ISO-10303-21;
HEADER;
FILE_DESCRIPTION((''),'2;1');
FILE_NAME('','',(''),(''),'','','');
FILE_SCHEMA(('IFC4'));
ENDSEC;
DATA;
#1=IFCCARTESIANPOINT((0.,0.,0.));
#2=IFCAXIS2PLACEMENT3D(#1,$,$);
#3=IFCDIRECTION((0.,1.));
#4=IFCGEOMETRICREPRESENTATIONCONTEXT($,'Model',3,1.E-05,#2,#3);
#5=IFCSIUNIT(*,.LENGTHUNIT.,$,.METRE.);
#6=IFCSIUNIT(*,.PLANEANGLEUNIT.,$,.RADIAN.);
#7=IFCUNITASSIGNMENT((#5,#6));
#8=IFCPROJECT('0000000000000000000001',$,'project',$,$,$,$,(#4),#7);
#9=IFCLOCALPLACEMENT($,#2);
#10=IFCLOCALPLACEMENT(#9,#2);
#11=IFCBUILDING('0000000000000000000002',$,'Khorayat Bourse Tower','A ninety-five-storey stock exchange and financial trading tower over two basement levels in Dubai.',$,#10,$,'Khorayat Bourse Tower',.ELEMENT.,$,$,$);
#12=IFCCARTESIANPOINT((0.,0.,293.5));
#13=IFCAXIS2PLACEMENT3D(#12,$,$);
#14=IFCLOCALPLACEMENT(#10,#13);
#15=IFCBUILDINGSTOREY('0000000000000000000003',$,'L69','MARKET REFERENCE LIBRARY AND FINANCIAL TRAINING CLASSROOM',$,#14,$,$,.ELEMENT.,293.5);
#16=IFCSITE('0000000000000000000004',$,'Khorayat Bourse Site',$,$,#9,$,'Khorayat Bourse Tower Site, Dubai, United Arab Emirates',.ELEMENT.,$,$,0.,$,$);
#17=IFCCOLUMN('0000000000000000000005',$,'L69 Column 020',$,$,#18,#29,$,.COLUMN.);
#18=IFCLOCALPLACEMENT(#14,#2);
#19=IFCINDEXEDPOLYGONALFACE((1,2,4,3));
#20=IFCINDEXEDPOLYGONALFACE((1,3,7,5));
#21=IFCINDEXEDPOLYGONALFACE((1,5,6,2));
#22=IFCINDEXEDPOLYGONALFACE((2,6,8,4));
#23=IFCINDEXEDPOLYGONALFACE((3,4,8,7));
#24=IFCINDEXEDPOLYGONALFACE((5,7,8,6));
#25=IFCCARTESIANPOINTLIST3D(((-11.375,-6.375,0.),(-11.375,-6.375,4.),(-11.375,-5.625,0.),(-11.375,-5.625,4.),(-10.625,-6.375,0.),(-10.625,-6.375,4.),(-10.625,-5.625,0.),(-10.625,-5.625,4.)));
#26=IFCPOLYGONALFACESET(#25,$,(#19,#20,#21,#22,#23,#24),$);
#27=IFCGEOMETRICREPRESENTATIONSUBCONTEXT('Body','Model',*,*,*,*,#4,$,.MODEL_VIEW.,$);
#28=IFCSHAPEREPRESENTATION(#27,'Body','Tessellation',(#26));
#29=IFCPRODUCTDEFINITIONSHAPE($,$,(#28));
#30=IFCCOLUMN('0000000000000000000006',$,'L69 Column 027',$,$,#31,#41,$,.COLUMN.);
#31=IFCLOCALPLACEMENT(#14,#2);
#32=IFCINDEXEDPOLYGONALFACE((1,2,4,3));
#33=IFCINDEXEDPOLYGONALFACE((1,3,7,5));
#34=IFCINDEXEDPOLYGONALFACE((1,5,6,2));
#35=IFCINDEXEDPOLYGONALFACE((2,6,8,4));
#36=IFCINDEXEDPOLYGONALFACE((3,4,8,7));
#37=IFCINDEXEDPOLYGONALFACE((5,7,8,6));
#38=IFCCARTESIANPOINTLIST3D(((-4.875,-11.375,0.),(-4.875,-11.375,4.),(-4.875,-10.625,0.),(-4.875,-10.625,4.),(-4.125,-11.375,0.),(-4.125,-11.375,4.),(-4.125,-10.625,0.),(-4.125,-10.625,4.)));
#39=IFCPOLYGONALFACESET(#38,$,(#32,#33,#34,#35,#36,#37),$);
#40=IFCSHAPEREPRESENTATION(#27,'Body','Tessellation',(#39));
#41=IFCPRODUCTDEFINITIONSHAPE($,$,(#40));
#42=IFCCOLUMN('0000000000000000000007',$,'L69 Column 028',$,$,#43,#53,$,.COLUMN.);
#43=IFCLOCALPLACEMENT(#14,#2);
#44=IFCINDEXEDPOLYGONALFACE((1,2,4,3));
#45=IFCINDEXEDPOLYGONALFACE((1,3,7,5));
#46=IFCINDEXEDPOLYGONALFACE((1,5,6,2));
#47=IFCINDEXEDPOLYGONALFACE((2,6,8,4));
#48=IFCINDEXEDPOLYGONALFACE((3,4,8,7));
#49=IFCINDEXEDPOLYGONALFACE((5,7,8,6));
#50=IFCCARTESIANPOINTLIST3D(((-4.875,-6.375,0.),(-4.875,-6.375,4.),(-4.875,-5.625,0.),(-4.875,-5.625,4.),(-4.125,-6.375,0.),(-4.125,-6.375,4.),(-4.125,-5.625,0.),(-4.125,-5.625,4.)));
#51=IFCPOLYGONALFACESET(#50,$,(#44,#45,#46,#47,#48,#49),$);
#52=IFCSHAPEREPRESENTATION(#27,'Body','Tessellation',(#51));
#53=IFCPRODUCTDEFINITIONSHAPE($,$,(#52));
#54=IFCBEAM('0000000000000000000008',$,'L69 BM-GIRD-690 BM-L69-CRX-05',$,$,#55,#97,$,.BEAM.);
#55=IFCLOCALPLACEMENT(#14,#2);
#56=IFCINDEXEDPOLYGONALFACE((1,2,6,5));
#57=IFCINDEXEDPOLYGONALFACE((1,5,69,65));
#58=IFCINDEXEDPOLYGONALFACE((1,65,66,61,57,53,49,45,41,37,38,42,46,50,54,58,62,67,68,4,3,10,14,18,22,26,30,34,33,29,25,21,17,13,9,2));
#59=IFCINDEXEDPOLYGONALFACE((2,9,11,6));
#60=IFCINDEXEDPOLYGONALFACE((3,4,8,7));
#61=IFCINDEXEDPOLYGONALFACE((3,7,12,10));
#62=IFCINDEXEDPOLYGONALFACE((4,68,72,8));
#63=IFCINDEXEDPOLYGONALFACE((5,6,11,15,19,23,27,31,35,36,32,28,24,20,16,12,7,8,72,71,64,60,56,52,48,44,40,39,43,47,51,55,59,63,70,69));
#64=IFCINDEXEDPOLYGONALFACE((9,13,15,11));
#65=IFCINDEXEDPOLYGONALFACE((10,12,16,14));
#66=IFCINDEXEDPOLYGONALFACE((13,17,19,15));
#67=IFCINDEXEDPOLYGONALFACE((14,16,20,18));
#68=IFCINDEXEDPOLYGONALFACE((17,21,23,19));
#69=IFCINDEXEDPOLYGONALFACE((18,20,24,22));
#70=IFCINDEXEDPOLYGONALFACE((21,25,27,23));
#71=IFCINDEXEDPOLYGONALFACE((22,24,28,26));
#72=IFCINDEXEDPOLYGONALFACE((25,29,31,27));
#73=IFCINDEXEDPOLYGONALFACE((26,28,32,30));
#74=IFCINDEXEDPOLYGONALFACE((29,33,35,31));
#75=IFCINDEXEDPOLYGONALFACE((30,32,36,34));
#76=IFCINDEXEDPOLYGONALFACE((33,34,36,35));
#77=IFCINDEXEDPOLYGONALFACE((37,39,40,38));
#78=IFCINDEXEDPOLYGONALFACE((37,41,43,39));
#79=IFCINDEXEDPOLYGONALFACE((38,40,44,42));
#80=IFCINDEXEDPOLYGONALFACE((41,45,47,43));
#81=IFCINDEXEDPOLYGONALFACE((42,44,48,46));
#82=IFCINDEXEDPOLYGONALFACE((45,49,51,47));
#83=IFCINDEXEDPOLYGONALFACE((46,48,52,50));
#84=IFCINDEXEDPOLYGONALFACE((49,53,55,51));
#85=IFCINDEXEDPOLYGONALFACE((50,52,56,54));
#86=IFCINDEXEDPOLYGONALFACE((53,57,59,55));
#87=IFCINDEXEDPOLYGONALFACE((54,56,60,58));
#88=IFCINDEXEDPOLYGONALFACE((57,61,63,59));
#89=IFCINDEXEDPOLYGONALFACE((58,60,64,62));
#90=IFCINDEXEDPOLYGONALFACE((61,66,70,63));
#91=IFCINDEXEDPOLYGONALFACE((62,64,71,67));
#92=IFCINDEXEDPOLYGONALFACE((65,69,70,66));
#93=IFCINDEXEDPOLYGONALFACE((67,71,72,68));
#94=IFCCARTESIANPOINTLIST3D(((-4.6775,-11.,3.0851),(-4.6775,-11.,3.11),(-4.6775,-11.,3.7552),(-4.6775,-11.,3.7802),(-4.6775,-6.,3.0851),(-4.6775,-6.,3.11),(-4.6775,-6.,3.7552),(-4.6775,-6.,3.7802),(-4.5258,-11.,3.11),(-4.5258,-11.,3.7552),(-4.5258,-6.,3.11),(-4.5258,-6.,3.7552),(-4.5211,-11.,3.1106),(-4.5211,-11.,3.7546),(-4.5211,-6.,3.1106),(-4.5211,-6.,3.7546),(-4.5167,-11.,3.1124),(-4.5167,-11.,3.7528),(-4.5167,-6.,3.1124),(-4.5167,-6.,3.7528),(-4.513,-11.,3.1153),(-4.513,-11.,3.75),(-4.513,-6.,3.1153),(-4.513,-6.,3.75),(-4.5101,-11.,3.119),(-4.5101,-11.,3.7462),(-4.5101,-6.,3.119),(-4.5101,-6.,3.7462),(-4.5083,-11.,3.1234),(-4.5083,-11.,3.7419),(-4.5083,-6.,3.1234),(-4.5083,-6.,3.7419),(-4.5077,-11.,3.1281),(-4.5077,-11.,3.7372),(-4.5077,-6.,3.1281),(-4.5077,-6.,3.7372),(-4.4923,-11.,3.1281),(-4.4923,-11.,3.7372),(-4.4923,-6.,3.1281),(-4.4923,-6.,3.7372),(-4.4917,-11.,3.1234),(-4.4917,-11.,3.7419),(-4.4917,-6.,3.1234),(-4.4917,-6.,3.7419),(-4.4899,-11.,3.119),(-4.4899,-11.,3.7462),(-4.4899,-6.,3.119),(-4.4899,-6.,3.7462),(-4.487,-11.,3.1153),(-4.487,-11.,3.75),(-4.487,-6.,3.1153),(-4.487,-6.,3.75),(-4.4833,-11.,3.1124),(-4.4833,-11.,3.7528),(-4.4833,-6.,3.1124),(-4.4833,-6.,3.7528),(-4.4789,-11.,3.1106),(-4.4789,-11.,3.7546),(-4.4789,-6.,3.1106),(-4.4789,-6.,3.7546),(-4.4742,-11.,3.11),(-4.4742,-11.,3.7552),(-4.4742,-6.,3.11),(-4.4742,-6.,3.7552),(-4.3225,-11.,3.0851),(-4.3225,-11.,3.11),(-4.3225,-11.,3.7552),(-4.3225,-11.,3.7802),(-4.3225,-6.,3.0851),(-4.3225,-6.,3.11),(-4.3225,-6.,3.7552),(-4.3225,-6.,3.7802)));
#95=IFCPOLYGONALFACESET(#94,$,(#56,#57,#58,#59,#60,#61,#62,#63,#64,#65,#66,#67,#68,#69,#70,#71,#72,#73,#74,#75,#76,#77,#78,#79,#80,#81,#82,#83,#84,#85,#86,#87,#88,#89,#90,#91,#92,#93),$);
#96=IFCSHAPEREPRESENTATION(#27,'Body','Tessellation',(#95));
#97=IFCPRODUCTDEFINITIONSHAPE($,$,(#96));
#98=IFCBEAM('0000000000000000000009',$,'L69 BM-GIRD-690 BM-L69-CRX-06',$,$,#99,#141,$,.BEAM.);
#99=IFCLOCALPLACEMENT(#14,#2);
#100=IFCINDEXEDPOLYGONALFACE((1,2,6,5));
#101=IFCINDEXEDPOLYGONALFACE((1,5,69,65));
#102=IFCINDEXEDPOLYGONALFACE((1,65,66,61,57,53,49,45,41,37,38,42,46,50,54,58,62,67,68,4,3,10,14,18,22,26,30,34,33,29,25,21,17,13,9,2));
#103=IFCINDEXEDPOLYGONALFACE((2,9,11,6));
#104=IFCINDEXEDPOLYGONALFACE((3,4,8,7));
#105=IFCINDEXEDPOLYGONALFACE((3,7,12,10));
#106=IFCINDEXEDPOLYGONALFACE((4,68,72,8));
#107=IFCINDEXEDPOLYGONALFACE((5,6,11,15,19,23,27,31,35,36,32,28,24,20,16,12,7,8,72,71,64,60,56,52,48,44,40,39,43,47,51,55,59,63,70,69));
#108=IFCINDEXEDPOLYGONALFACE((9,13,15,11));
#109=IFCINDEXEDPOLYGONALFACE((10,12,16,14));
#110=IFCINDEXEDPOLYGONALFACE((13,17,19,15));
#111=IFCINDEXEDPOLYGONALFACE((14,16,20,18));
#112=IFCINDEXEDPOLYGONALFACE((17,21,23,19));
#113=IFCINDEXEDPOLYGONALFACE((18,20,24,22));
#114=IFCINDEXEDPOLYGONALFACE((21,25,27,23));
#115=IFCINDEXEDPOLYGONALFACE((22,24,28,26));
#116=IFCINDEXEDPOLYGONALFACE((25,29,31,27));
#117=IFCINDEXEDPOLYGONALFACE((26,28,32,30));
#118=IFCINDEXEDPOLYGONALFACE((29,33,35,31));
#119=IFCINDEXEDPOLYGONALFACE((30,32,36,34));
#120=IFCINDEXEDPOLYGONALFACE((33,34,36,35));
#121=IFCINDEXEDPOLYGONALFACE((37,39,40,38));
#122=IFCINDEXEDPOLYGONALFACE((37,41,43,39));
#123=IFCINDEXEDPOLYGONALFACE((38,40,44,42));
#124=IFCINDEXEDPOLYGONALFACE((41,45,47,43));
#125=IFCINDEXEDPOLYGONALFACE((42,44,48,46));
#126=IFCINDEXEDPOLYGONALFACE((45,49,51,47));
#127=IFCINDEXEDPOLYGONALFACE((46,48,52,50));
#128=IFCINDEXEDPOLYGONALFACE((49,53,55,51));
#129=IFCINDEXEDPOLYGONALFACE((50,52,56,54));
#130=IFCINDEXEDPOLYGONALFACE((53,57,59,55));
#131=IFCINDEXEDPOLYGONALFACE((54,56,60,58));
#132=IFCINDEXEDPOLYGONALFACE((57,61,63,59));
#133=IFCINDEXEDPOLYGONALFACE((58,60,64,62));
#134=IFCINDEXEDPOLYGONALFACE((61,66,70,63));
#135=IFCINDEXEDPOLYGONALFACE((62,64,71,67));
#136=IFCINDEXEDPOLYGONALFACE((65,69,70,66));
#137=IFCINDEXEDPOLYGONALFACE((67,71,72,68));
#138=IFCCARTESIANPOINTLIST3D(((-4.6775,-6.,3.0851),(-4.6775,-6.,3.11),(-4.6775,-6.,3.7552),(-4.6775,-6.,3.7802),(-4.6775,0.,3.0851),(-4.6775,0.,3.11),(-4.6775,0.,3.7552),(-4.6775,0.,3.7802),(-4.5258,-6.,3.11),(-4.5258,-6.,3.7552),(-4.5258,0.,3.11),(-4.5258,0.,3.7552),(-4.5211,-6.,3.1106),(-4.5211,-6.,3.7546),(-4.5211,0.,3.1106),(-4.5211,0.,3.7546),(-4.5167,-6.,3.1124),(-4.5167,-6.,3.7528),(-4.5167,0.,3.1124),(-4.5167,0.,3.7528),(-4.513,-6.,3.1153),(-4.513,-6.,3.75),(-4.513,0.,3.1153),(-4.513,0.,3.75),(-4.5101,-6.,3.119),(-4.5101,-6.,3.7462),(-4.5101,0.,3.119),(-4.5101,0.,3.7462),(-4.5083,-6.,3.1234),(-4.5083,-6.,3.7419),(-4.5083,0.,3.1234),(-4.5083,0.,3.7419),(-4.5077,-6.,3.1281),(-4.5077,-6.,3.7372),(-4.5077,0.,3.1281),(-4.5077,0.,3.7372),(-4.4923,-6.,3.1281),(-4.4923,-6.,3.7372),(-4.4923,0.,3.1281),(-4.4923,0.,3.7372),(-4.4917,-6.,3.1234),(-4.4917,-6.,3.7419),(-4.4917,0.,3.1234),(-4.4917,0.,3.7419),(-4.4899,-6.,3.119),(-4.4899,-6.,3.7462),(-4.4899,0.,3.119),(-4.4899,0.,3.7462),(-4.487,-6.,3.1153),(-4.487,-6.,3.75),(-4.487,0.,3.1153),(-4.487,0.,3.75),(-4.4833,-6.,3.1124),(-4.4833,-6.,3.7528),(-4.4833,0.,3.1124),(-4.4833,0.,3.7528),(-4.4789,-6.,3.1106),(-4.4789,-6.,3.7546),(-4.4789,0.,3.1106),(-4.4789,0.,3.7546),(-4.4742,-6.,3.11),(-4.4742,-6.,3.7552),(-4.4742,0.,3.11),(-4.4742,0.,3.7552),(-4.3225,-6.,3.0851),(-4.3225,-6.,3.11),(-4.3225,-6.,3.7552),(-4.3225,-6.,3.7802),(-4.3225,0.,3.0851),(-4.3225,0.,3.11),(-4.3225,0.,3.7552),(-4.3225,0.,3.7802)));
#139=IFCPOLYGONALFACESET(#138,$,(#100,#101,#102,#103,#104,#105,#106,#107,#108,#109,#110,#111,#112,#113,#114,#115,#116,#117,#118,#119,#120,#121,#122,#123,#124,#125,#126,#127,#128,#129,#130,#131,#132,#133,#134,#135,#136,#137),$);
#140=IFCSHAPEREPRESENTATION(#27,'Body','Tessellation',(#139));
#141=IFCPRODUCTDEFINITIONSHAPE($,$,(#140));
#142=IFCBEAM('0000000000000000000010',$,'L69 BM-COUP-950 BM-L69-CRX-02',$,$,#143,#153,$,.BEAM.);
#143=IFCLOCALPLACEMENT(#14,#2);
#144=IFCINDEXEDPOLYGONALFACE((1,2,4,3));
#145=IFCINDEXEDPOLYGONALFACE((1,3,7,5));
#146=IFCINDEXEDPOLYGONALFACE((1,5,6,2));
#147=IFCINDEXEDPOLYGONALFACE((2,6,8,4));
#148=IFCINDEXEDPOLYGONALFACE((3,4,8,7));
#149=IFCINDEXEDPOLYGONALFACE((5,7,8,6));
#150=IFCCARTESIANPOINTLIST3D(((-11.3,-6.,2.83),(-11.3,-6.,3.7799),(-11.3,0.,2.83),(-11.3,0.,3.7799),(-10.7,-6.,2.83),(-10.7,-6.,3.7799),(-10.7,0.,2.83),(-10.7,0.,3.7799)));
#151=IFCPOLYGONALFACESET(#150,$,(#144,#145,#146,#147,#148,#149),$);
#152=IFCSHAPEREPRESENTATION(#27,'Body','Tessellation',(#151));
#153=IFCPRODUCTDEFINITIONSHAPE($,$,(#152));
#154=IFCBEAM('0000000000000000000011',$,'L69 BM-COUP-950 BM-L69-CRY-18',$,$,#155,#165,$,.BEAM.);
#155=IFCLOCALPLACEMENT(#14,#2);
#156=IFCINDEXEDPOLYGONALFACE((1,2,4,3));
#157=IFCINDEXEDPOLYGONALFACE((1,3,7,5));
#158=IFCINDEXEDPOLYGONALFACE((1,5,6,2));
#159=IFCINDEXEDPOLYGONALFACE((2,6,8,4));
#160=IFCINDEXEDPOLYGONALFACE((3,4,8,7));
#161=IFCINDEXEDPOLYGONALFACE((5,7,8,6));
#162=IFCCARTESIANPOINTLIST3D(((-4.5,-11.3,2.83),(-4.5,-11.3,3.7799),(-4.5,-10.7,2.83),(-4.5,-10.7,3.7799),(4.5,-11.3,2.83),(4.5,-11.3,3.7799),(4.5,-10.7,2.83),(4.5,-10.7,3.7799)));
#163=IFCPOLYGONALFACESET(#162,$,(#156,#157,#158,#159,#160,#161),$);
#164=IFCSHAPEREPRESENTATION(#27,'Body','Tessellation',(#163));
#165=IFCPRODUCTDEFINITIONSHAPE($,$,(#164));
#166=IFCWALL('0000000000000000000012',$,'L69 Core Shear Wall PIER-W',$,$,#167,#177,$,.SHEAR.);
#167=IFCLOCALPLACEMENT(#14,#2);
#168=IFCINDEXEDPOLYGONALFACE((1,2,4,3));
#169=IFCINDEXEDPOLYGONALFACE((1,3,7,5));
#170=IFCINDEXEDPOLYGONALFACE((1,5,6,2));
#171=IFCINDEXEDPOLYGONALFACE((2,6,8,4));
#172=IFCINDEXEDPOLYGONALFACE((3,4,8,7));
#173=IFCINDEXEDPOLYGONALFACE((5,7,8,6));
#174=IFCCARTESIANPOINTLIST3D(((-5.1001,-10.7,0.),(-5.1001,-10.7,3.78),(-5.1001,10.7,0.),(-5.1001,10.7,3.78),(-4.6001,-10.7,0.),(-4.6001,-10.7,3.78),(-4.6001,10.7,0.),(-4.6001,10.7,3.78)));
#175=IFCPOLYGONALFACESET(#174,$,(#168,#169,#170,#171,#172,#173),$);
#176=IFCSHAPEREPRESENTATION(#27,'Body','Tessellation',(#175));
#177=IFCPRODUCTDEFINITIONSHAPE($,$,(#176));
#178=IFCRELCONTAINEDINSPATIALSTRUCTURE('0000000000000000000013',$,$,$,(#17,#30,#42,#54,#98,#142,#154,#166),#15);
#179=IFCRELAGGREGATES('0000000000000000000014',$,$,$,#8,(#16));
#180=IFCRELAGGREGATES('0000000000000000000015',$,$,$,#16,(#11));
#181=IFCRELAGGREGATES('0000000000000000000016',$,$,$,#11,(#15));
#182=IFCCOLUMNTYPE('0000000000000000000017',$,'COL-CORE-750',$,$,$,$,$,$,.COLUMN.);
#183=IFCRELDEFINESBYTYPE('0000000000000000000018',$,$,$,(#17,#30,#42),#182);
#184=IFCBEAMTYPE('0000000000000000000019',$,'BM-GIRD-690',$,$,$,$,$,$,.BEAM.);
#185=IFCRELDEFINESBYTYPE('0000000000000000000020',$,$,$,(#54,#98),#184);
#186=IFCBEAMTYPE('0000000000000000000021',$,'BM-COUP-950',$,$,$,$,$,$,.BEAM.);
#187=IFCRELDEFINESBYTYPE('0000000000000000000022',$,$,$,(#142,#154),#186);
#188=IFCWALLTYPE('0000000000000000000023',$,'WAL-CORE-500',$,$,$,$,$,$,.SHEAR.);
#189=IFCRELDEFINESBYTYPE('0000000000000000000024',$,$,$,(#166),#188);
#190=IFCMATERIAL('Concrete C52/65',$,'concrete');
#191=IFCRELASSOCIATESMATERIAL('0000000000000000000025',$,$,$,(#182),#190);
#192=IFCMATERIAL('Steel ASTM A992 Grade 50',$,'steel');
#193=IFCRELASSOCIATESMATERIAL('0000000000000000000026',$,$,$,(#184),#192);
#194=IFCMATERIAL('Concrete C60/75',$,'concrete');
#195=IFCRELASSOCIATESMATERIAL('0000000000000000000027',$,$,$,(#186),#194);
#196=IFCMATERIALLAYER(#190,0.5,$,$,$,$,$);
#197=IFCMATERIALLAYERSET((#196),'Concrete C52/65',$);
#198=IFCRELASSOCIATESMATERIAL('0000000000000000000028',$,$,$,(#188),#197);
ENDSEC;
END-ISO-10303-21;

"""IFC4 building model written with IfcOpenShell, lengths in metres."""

from ifc_helpers import new_model, si_unit, direction, frame, frame_2d, origin, origin_2d, place, context, subcontext, project, spatial, rectangle, i_section, extrude, source, transform, mapped, material, layer, layer_set, material_profile, profile_set, type_object, element, save


model = new_model("IFC4")

# Units and contexts
model_context = context("Model", 3, precision=1e-05, world=origin(), true_north=direction((0.0, 1.0)))
body_context = subcontext(model_context, "Body", "Model", "MODEL_VIEW")
ifc_project = project(units=[si_unit("LENGTHUNIT", "METRE"), si_unit("PLANEANGLEUNIT", "RADIAN")], contexts=[model_context])

# Site, building, storey
site_placement = place(None, origin())
site = spatial("IfcSite", under=ifc_project, at=site_placement, Name="Khorayat Bourse Site", LongName="Khorayat Bourse Tower Site, Dubai, United Arab Emirates", CompositionType="ELEMENT", RefElevation=0.0)
building_placement = place(site_placement, origin())
building = spatial("IfcBuilding", under=site, at=building_placement, Name="Khorayat Bourse Tower", Description="A ninety-five-storey stock exchange and financial trading tower over two basement levels in Dubai.", LongName="Khorayat Bourse Tower", CompositionType="ELEMENT")
storey_placement = place(building_placement, frame((0.0, 0.0, 293.5)))
storey = spatial("IfcBuildingStorey", under=building, at=storey_placement, Name="L69", Description="MARKET REFERENCE LIBRARY AND FINANCIAL TRAINING CLASSROOM", CompositionType="ELEMENT", Elevation=293.5)

# Columns
ifc_material_1 = material(Name="Concrete C52/65", Category="concrete")
ifc_material_profile_1 = material_profile(ifc_material_1, rectangle(XDim=0.75, YDim=0.75, at=origin_2d()), Name="RC 750x750")
ifc_profile_set_1 = profile_set([ifc_material_profile_1], Name="Concrete C52/65")
column_type = type_object("IfcColumnType", Name="COL-CORE-750", PredefinedType="COLUMN", material=ifc_profile_set_1)
shared_shape_1 = source(origin(), body_context, "Body", "SweptSolid", [
    extrude(rectangle(XDim=0.75, YDim=0.75, at=origin_2d()), origin(), (0.0, 0.0, 1.0), 4.0),
])
for number, where, z_axis, x_axis, name in (
    (1, (-11.0, -6.0, 0.0), (0.0, 0.0, 1.0), (1.0, 0.0, 0.0), "L69 Column 020"),
    (2, (-4.5, -11.0, 0.0), (0.0, 0.0, 1.0), (1.0, 0.0, 0.0), "L69 Column 027"),
    (3, (-4.5, -6.0, 0.0), (0.0, 0.0, 1.0), (1.0, 0.0, 0.0), "L69 Column 028"),
):
    element("IfcColumn", number, at=place(storey_placement, frame(where, z_axis=z_axis, x_axis=x_axis)), inside=storey, type_object=column_type, Name=name, PredefinedType="COLUMN", context=body_context, shape_type="MappedRepresentation", body=[
        mapped(shared_shape_1, transform((0.0, 0.0, 0.0), scale=1.0)),
    ])

# Beams
ifc_material_2 = material(Name="Steel ASTM A992 Grade 50", Category="steel")
ifc_material_profile_2 = material_profile(ifc_material_2, i_section(OverallWidth=0.355, OverallDepth=0.6951, WebThickness=0.0154, FlangeThickness=0.0249, FilletRadius=0.0181, at=origin_2d()), Name="W690X217")
ifc_profile_set_2 = profile_set([ifc_material_profile_2], Name="Steel ASTM A992 Grade 50")
beam_type_1 = type_object("IfcBeamType", Name="BM-GIRD-690", PredefinedType="BEAM", material=ifc_profile_set_2)
shared_shape_2 = source(origin(), body_context, "Body", "SweptSolid", [
    extrude(i_section(OverallWidth=0.355, OverallDepth=0.6951, WebThickness=0.0154, FlangeThickness=0.0249, FilletRadius=0.0181, at=origin_2d()), origin(), (0.0, 0.0, 1.0), 5.0),
])
beam_1_placement = place(storey_placement, frame((-4.5, -11.0, 3.4326), z_axis=(0.0, 1.0, 0.0), x_axis=(-1.0, 0.0, 0.0)))
element("IfcBeam", 4, at=beam_1_placement, inside=storey, type_object=beam_type_1, Name="L69 BM-GIRD-690 BM-L69-CRX-05", PredefinedType="BEAM", context=body_context, shape_type="MappedRepresentation", body=[
    mapped(shared_shape_2, transform((0.0, 0.0, 0.0), scale=1.0)),
])
shared_shape_3 = source(origin(), body_context, "Body", "SweptSolid", [
    extrude(i_section(OverallWidth=0.355, OverallDepth=0.6951, WebThickness=0.0154, FlangeThickness=0.0249, FilletRadius=0.0181, at=origin_2d()), origin(), (0.0, 0.0, 1.0), 6.0),
])
beam_2_placement = place(storey_placement, frame((-4.5, -6.0, 3.4326), z_axis=(0.0, 1.0, 0.0), x_axis=(-1.0, 0.0, 0.0)))
element("IfcBeam", 5, at=beam_2_placement, inside=storey, type_object=beam_type_1, Name="L69 BM-GIRD-690 BM-L69-CRX-06", PredefinedType="BEAM", context=body_context, shape_type="MappedRepresentation", body=[
    mapped(shared_shape_3, transform((0.0, 0.0, 0.0), scale=1.0)),
])
ifc_material_3 = material(Name="Concrete C60/75", Category="concrete")
ifc_material_profile_3 = material_profile(ifc_material_3, rectangle(XDim=0.6001, YDim=0.95, at=origin_2d()), Name="RC 600x950")
ifc_profile_set_3 = profile_set([ifc_material_profile_3], Name="Concrete C60/75")
beam_type_2 = type_object("IfcBeamType", Name="BM-COUP-950", PredefinedType="BEAM", material=ifc_profile_set_3)
shared_shape_4 = source(origin(), body_context, "Body", "SweptSolid", [
    extrude(rectangle(XDim=0.6001, YDim=0.95, at=origin_2d()), origin(), (0.0, 0.0, 1.0), 6.0),
])
beam_3_placement = place(storey_placement, frame((-11.0, -6.0, 3.3049), z_axis=(0.0, 1.0, 0.0), x_axis=(-1.0, 0.0, 0.0)))
element("IfcBeam", 6, at=beam_3_placement, inside=storey, type_object=beam_type_2, Name="L69 BM-COUP-950 BM-L69-CRX-02", PredefinedType="BEAM", context=body_context, shape_type="MappedRepresentation", body=[
    mapped(shared_shape_4, transform((0.0, 0.0, 0.0), scale=1.0)),
])
shared_shape_5 = source(origin(), body_context, "Body", "SweptSolid", [
    extrude(rectangle(XDim=0.6001, YDim=0.95, at=origin_2d()), origin(), (0.0, 0.0, 1.0), 9.0),
])
beam_4_placement = place(storey_placement, frame((-4.5, -11.0, 3.3049), z_axis=(1.0, 0.0, 0.0), x_axis=(0.0, 1.0, 0.0)))
element("IfcBeam", 7, at=beam_4_placement, inside=storey, type_object=beam_type_2, Name="L69 BM-COUP-950 BM-L69-CRY-18", PredefinedType="BEAM", context=body_context, shape_type="MappedRepresentation", body=[
    mapped(shared_shape_5, transform((0.0, 0.0, 0.0), scale=1.0)),
])

# Wall
ifc_layer_1 = layer(ifc_material_1, 0.5)
ifc_layer_set_1 = layer_set([ifc_layer_1], Name="Concrete C52/65")
wall_type_1 = type_object("IfcWallType", Name="WAL-CORE-500", PredefinedType="SHEAR", material=ifc_layer_set_1)
shared_shape_6 = source(origin(), body_context, "Body", "SweptSolid", [
    extrude(rectangle(XDim=21.3999, YDim=0.5, at=frame_2d((10.7, 0.0))), origin(), (0.0, 0.0, 1.0), 3.78),
])
wall_1_placement = place(storey_placement, frame((-4.8501, -10.7, 0.0), z_axis=(0.0, 0.0, 1.0), x_axis=(0.0, 1.0, 0.0)))
element("IfcWall", 8, at=wall_1_placement, inside=storey, type_object=wall_type_1, Name="L69 Core Shear Wall PIER-W", PredefinedType="SHEAR", context=body_context, shape_type="MappedRepresentation", body=[
    mapped(shared_shape_6, transform((0.0, 0.0, 0.0), scale=1.0)),
])

save(model, "model.ifc")
